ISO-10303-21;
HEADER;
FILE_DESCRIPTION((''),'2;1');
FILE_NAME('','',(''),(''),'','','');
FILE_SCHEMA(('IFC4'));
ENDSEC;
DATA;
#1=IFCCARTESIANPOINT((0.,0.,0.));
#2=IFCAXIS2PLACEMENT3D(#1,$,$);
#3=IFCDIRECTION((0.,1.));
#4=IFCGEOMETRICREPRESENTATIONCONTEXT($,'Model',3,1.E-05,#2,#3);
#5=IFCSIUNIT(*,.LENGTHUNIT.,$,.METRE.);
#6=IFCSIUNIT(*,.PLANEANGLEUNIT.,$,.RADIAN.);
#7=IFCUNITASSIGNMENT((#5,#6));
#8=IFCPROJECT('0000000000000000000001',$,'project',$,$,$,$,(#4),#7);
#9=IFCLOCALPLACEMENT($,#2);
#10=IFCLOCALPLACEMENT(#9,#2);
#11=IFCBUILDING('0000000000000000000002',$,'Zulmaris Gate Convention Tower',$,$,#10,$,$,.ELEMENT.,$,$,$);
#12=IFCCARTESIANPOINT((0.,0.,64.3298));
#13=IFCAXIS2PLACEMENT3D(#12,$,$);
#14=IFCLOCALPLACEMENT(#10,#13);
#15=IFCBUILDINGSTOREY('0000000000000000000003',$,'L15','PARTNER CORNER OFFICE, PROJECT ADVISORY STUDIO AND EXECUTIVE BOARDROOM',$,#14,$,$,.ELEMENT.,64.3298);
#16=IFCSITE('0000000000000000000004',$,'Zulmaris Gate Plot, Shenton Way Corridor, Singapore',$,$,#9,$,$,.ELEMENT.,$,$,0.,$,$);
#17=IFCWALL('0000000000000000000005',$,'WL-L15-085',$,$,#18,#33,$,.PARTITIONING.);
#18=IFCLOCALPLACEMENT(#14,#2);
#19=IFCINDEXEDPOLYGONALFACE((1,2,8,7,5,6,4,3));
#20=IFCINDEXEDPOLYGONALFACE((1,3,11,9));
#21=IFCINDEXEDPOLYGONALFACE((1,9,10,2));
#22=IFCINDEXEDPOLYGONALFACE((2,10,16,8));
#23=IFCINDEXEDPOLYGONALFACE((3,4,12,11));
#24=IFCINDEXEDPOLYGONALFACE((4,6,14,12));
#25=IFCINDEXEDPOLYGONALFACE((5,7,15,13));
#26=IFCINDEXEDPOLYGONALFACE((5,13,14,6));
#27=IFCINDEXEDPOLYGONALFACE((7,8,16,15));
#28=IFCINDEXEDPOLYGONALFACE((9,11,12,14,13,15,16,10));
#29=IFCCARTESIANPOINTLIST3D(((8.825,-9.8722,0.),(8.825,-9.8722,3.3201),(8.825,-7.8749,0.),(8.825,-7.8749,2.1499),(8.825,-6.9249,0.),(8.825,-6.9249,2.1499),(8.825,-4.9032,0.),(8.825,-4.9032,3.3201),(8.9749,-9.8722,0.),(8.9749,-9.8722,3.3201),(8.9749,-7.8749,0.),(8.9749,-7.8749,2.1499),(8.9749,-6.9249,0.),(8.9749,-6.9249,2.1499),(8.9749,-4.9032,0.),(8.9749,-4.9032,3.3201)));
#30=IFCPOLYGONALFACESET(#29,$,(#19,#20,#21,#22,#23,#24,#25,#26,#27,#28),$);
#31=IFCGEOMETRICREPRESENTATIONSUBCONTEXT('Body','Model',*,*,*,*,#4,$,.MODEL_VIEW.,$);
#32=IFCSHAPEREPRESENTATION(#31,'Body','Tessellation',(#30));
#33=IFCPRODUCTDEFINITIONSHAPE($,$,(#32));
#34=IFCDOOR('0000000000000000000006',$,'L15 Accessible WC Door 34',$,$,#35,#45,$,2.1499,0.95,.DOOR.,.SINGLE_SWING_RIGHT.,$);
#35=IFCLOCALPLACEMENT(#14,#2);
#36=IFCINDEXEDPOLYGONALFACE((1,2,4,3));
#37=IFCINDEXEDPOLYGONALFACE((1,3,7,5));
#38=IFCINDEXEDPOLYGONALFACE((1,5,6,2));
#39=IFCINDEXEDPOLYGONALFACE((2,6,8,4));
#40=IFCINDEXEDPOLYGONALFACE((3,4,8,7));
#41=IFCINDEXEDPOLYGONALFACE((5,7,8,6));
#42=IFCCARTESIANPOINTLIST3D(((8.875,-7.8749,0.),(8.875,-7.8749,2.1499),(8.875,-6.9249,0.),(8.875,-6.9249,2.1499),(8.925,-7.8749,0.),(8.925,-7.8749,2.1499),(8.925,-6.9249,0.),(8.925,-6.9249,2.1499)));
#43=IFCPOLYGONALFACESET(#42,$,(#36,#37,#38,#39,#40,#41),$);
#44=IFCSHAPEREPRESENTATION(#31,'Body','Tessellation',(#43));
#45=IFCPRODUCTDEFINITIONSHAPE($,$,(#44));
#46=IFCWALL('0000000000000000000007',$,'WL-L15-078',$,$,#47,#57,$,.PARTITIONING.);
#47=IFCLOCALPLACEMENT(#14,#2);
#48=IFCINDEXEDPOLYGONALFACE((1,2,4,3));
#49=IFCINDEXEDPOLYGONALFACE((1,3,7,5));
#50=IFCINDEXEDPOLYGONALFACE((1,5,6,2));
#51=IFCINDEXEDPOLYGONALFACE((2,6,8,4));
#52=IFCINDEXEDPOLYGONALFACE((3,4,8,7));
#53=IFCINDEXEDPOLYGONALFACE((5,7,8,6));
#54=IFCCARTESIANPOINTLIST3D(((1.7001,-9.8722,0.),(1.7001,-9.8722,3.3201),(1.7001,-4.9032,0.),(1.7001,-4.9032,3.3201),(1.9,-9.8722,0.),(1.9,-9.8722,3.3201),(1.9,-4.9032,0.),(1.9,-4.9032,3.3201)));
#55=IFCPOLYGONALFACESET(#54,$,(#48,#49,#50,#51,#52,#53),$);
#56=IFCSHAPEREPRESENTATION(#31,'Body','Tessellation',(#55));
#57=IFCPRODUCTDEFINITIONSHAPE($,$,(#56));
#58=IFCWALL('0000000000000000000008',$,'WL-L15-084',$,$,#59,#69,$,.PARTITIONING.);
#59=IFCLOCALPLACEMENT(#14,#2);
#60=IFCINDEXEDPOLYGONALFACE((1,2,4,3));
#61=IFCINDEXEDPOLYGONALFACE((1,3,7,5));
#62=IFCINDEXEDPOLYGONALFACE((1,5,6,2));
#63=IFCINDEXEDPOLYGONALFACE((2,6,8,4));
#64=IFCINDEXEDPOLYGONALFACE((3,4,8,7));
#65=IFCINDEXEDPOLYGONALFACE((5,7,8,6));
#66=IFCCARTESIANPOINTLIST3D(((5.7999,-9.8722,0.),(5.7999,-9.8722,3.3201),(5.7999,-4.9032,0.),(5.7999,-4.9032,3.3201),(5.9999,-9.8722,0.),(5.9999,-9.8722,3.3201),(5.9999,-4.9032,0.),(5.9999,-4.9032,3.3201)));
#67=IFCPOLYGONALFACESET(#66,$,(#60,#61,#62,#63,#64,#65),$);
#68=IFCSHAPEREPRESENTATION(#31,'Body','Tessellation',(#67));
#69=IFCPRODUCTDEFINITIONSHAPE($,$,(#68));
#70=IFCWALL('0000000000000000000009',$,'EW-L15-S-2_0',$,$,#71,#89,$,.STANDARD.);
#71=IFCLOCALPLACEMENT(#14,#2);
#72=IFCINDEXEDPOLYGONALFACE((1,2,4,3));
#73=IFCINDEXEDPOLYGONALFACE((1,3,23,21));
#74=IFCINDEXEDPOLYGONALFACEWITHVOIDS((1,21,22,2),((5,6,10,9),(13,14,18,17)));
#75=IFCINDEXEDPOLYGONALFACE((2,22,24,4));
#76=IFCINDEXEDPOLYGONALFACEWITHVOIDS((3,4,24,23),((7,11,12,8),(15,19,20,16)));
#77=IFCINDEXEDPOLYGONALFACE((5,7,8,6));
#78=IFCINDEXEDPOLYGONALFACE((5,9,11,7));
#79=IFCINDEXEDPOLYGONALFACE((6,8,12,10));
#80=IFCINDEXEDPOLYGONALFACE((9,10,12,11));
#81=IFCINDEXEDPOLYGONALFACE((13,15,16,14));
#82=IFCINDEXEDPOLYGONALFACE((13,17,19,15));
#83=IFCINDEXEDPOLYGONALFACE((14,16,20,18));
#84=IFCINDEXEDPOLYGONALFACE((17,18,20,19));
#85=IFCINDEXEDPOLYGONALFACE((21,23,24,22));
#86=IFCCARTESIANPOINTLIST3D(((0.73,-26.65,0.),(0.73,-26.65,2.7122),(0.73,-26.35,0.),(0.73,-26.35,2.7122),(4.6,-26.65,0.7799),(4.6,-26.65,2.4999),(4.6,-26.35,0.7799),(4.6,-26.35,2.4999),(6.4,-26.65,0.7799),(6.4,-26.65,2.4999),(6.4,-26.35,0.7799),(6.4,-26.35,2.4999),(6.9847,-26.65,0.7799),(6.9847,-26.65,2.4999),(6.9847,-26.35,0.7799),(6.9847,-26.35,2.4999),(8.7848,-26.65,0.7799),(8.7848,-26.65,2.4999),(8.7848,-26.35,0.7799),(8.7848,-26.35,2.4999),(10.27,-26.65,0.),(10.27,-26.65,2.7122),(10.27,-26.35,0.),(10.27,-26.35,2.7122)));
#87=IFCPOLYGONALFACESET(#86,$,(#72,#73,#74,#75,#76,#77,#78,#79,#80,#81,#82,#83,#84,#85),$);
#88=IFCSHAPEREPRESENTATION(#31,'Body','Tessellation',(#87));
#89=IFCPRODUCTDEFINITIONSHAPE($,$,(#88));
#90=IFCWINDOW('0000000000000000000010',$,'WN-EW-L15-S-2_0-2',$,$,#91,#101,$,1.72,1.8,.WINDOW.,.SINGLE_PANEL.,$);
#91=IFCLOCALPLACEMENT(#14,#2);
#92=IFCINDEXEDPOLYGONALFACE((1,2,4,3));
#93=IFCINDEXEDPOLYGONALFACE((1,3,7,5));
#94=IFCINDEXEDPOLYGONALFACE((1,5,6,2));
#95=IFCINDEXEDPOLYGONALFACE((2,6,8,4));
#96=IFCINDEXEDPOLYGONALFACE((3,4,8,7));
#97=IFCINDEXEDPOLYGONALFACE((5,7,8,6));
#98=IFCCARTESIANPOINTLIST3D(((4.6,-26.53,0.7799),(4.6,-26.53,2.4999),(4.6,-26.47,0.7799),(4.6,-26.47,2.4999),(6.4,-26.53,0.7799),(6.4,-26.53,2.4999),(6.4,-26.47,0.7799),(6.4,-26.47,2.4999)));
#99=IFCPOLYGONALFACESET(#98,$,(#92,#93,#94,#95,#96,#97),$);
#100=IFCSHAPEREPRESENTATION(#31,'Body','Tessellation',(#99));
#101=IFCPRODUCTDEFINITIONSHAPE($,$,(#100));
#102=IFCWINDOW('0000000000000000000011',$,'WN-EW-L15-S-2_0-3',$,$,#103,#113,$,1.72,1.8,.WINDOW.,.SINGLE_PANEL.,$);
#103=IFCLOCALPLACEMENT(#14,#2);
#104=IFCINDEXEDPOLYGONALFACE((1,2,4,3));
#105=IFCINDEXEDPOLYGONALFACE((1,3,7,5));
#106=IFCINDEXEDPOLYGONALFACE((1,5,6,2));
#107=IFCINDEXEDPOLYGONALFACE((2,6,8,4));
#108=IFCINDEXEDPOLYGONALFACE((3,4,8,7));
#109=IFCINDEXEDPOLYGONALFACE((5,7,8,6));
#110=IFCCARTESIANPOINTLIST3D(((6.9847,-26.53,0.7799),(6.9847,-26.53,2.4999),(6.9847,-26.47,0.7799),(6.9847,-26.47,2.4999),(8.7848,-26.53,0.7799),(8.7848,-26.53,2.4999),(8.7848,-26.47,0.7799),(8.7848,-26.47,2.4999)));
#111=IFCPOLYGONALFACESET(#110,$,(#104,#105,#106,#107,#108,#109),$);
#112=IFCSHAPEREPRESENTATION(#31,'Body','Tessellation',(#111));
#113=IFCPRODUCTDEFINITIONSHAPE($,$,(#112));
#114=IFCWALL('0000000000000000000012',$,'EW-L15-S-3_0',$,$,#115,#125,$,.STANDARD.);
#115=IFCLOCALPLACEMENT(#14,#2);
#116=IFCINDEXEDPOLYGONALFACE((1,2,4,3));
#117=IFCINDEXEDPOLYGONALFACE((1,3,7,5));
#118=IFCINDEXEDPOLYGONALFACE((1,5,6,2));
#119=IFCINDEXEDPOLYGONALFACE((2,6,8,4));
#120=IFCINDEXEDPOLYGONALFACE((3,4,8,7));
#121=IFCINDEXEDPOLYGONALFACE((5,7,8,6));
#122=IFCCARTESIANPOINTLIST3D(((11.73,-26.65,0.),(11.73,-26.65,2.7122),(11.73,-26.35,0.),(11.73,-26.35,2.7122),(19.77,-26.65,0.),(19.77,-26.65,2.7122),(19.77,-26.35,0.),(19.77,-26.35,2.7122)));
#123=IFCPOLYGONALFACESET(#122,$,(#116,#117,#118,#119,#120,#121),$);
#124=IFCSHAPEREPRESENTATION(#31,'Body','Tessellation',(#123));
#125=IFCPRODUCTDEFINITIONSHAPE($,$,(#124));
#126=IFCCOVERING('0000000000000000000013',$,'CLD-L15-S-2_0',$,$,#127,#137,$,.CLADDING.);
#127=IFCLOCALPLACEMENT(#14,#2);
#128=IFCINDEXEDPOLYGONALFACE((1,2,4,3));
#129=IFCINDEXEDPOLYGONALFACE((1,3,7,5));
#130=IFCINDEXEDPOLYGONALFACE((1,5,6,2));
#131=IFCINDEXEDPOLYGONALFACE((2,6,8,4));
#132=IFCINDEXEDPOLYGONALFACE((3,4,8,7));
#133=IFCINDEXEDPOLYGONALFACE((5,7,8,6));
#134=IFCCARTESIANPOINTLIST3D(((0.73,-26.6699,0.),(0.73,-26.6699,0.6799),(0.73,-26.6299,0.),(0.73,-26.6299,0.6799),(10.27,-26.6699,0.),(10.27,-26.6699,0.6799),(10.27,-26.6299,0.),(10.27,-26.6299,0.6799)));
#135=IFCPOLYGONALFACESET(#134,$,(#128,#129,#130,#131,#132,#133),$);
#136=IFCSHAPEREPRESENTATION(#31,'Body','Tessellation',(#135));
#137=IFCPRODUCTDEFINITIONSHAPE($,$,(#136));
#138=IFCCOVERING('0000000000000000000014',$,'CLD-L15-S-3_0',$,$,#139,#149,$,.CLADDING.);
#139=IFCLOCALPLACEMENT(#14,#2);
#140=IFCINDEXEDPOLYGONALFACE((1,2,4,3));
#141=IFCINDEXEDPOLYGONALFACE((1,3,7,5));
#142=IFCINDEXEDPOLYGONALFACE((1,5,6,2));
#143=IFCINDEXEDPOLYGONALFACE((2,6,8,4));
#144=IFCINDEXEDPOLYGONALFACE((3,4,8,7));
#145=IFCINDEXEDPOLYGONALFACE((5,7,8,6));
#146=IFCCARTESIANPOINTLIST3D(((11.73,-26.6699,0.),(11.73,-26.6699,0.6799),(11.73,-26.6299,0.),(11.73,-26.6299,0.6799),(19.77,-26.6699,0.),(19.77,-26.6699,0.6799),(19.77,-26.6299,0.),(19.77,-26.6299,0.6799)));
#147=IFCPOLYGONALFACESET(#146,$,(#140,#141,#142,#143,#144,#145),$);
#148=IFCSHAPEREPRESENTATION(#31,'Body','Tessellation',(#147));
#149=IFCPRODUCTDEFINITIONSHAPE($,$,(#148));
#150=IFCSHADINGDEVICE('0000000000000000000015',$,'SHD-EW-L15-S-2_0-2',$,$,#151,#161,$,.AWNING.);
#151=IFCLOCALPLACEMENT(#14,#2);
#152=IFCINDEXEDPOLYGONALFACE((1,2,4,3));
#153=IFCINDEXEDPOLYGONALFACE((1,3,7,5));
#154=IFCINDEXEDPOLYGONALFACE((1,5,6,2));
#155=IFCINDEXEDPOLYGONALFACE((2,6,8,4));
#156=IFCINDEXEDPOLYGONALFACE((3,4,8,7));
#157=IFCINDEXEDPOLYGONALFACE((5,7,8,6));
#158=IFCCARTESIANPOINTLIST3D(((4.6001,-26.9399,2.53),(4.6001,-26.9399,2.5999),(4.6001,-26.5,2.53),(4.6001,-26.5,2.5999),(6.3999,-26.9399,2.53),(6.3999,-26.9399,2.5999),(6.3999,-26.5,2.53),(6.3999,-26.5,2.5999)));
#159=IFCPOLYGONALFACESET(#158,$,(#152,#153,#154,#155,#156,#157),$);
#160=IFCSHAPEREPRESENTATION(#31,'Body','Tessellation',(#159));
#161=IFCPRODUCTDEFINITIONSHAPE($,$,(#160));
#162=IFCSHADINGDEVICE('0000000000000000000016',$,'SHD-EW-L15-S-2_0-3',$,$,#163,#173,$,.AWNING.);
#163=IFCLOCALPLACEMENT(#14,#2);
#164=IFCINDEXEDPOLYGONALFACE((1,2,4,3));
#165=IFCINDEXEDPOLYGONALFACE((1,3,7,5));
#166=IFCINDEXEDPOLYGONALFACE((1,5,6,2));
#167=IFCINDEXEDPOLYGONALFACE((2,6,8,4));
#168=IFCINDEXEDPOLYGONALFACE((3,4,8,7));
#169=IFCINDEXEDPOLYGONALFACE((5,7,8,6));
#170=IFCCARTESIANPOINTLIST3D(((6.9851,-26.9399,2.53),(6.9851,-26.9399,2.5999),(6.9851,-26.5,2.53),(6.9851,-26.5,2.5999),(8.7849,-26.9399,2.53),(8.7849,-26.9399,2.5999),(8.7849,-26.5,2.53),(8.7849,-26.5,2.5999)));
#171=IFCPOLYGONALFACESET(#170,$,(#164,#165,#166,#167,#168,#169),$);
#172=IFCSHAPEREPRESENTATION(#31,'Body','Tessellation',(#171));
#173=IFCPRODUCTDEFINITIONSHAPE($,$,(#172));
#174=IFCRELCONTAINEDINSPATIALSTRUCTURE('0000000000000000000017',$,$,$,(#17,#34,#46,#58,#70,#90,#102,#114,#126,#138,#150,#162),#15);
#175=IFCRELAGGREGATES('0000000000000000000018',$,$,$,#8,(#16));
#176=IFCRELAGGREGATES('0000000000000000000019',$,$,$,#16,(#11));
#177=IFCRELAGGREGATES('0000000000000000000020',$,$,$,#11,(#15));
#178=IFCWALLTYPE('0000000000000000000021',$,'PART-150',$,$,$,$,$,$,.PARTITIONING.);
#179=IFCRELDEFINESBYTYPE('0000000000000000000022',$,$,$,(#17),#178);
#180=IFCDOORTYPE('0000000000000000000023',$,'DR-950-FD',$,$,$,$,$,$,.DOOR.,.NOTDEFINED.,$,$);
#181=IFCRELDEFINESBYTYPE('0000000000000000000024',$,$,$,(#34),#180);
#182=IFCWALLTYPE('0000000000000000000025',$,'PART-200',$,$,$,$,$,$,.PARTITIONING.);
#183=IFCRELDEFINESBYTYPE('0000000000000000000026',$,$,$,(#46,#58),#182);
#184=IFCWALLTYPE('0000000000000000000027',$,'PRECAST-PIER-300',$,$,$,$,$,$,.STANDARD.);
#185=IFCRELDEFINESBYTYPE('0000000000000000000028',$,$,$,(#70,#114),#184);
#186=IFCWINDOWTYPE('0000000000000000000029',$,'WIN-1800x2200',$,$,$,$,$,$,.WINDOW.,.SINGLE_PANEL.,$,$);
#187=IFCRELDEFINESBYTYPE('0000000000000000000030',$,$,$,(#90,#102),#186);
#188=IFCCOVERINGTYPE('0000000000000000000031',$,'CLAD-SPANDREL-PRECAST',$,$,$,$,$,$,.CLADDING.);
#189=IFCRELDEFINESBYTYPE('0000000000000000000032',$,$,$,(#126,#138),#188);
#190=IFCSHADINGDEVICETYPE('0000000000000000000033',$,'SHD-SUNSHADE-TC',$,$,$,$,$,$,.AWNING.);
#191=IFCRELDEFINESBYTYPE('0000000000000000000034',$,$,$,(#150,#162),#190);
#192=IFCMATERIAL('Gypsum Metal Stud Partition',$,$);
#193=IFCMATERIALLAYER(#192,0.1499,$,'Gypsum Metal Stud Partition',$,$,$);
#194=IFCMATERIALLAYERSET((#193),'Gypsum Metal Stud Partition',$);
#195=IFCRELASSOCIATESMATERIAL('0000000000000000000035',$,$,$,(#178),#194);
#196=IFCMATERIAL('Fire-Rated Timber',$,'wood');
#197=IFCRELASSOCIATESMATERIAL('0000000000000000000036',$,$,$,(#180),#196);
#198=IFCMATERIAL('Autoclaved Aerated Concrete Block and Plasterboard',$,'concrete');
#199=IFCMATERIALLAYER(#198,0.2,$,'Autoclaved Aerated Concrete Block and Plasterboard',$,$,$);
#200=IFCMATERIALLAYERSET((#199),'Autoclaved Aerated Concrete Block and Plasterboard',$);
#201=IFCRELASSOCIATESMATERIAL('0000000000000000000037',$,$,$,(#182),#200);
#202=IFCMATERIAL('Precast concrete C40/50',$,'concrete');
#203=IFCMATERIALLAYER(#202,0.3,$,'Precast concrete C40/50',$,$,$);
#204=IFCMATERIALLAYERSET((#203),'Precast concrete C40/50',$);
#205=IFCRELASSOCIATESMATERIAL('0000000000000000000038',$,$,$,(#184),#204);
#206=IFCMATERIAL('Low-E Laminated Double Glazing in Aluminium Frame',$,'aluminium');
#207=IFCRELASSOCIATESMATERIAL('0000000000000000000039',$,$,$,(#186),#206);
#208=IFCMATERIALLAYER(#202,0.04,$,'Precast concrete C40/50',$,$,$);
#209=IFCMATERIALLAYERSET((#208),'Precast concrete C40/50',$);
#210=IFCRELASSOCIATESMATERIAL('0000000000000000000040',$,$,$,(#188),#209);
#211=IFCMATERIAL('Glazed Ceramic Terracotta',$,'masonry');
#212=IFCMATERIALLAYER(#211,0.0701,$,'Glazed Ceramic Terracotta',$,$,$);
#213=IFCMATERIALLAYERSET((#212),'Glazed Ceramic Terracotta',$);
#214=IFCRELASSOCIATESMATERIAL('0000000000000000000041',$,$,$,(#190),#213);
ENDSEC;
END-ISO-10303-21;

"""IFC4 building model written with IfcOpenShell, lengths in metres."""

from ifc_helpers import new_model, si_unit, direction, frame, frame_2d, origin, place, context, subcontext, project, spatial, rectangle, extrude, material, layer, layer_set, type_object, element, fill, save


model = new_model("IFC4")

# Units and contexts
model_context = context("Model", 3, precision=1e-05, world=origin(), true_north=direction((0.0, 1.0)))
body_context = subcontext(model_context, "Body", "Model", "MODEL_VIEW")
ifc_project = project(units=[si_unit("LENGTHUNIT", "METRE"), si_unit("PLANEANGLEUNIT", "RADIAN")], contexts=[model_context])

# Site, building, storey
site_placement = place(None, origin())
site = spatial("IfcSite", under=ifc_project, at=site_placement, Name="Zulmaris Gate Plot, Shenton Way Corridor, Singapore", CompositionType="ELEMENT", RefElevation=0.0)
building_placement = place(site_placement, origin())
building = spatial("IfcBuilding", under=site, at=building_placement, Name="Zulmaris Gate Convention Tower", CompositionType="ELEMENT")
storey_placement = place(building_placement, frame((0.0, 0.0, 64.3298)))
storey = spatial("IfcBuildingStorey", under=building, at=storey_placement, Name="L15", Description="PARTNER CORNER OFFICE, PROJECT ADVISORY STUDIO AND EXECUTIVE BOARDROOM", CompositionType="ELEMENT", Elevation=64.3298)

# Shared definitions
ifc_material_1 = material(Name="Fire-Rated Timber", Category="wood")

# Shared definitions
ifc_material_2 = material(Name="Gypsum Metal Stud Partition")
ifc_layer_1 = layer(ifc_material_2, 0.1499, Name="Gypsum Metal Stud Partition")
ifc_layer_set_1 = layer_set([ifc_layer_1], Name="Gypsum Metal Stud Partition")
wall_type_1 = type_object("IfcWallType", Name="PART-150", PredefinedType="PARTITIONING", material=ifc_layer_set_1)

# Wall, opening, door
wall_1_placement = place(storey_placement, frame((8.8999, -9.8721, 0.0), z_axis=(0.0, 0.0, 1.0), x_axis=(0.0, 1.0, 0.0)))
wall_1 = element("IfcWall", 1, at=wall_1_placement, inside=storey, type_object=wall_type_1, Name="WL-L15-085", PredefinedType="PARTITIONING", context=body_context, shape_type="SweptSolid", body=[
    extrude(rectangle(XDim=4.969, YDim=0.1499, at=frame_2d((2.4844, 0.0))), origin(), (0.0, 0.0, 1.0), 3.3201),
])
opening_1_placement = place(wall_1_placement, frame((1.9971, 0.0, 0.0)))
opening_1 = element("IfcOpeningElement", 2, at=opening_1_placement, cuts=wall_1, PredefinedType="OPENING", context=body_context, shape_type="SweptSolid", body=[
    extrude(rectangle(XDim=0.95, YDim=2.1499, at=frame_2d((0.4751, 1.075))), frame((0.0, 0.085, 0.0), z_axis=(0.0, -1.0, 0.0), x_axis=(1.0, 0.0, 0.0)), (0.0, 0.0, 1.0), 0.1699),
])
door_type_1 = type_object("IfcDoorType", Name="DR-950-FD", OperationType="NOTDEFINED", PredefinedType="DOOR", material=ifc_material_1)
door_1_placement = place(opening_1_placement, origin())
door_1 = element("IfcDoor", 3, at=door_1_placement, inside=storey, type_object=door_type_1, Name="L15 Accessible WC Door 34", OperationType="SINGLE_SWING_RIGHT", OverallHeight=2.1499, OverallWidth=0.95, PredefinedType="DOOR", context=body_context, shape_type="SweptSolid", body=[
    extrude(rectangle(XDim=0.95, YDim=2.1499, at=frame_2d((0.4751, 1.075))), frame((0.0, 0.0249, 0.0), z_axis=(0.0, -1.0, 0.0), x_axis=(1.0, 0.0, 0.0)), (0.0, 0.0, 1.0), 0.05),
])
fill(opening_1, door_1)

# Walls
ifc_material_3 = material(Name="Autoclaved Aerated Concrete Block and Plasterboard", Category="concrete")
ifc_layer_2 = layer(ifc_material_3, 0.2, Name="Autoclaved Aerated Concrete Block and Plasterboard")
ifc_layer_set_2 = layer_set([ifc_layer_2], Name="Autoclaved Aerated Concrete Block and Plasterboard")
wall_type_2 = type_object("IfcWallType", Name="PART-200", PredefinedType="PARTITIONING", material=ifc_layer_set_2)
for number, where, z_axis, x_axis, name in (
    (4, (1.8, -9.8721, 0.0), (0.0, 0.0, 1.0), (0.0, 1.0, 0.0), "WL-L15-078"),
    (5, (5.8999, -9.8721, 0.0), (0.0, 0.0, 1.0), (0.0, 1.0, 0.0), "WL-L15-084"),
):
    element("IfcWall", number, at=place(storey_placement, frame(where, z_axis=z_axis, x_axis=x_axis)), inside=storey, type_object=wall_type_2, Name=name, PredefinedType="PARTITIONING", context=body_context, shape_type="SweptSolid", body=[
        extrude(rectangle(XDim=4.969, YDim=0.2, at=frame_2d((2.4844, 0.0))), origin(), (0.0, 0.0, 1.0), 3.3201),
    ])

# Wall, openings, windows
ifc_material_4 = material(Name="Precast concrete C40/50", Category="concrete")
ifc_layer_3 = layer(ifc_material_4, 0.3, Name="Precast concrete C40/50")
ifc_layer_set_3 = layer_set([ifc_layer_3], Name="Precast concrete C40/50")
wall_type_3 = type_object("IfcWallType", Name="PRECAST-PIER-300", PredefinedType="STANDARD", material=ifc_layer_set_3)
wall_2_placement = place(storey_placement, frame((0.73, -26.5, 0.0), z_axis=(0.0, 0.0, 1.0), x_axis=(1.0, 0.0, 0.0)))
wall_2 = element("IfcWall", 6, at=wall_2_placement, inside=storey, type_object=wall_type_3, Name="EW-L15-S-2_0", PredefinedType="STANDARD", context=body_context, shape_type="SweptSolid", body=[
    extrude(rectangle(XDim=9.54, YDim=0.3, at=frame_2d((4.77, 0.0))), origin(), (0.0, 0.0, 1.0), 2.7122),
])
opening_2_placement = place(wall_2_placement, frame((3.8701, 0.0, 0.78)))
opening_2 = element("IfcOpeningElement", 7, at=opening_2_placement, cuts=wall_2, PredefinedType="OPENING", context=body_context, shape_type="SweptSolid", body=[
    extrude(rectangle(XDim=1.8, YDim=1.72, at=frame_2d((0.8999, 0.8599))), frame((0.0, 0.1602, 0.0), z_axis=(0.0, -1.0, 0.0), x_axis=(1.0, 0.0, 0.0)), (0.0, 0.0, 1.0), 0.3201),
])
opening_3_placement = place(wall_2_placement, frame((6.2549, 0.0, 0.78)))
opening_3 = element("IfcOpeningElement", 8, at=opening_3_placement, cuts=wall_2, PredefinedType="OPENING", context=body_context, shape_type="SweptSolid", body=[
    extrude(rectangle(XDim=1.8, YDim=1.72, at=frame_2d((0.8999, 0.8599))), frame((0.0, 0.1602, 0.0), z_axis=(0.0, -1.0, 0.0), x_axis=(1.0, 0.0, 0.0)), (0.0, 0.0, 1.0), 0.3201),
])
ifc_material_5 = material(Name="Low-E Laminated Double Glazing in Aluminium Frame", Category="aluminium")
window_type = type_object("IfcWindowType", Name="WIN-1800x2200", PartitioningType="SINGLE_PANEL", PredefinedType="WINDOW", material=ifc_material_5)
window_1_placement = place(opening_2_placement, origin())
window_1 = element("IfcWindow", 9, at=window_1_placement, inside=storey, type_object=window_type, Name="WN-EW-L15-S-2_0-2", OverallHeight=1.72, OverallWidth=1.8, PartitioningType="SINGLE_PANEL", PredefinedType="WINDOW", context=body_context, shape_type="SweptSolid", body=[
    extrude(rectangle(XDim=1.8, YDim=1.72, at=frame_2d((0.8999, 0.8599))), frame((0.0, 0.03, 0.0), z_axis=(0.0, -1.0, 0.0), x_axis=(1.0, 0.0, 0.0)), (0.0, 0.0, 1.0), 0.0601),
])
fill(opening_2, window_1)
window_2_placement = place(opening_3_placement, origin())
window_2 = element("IfcWindow", 10, at=window_2_placement, inside=storey, type_object=window_type, Name="WN-EW-L15-S-2_0-3", OverallHeight=1.72, OverallWidth=1.8, PartitioningType="SINGLE_PANEL", PredefinedType="WINDOW", context=body_context, shape_type="SweptSolid", body=[
    extrude(rectangle(XDim=1.8, YDim=1.72, at=frame_2d((0.8999, 0.8599))), frame((0.0, 0.03, 0.0), z_axis=(0.0, -1.0, 0.0), x_axis=(1.0, 0.0, 0.0)), (0.0, 0.0, 1.0), 0.0601),
])
fill(opening_3, window_2)

# Wall
wall_3_placement = place(storey_placement, frame((11.73, -26.5, 0.0), z_axis=(0.0, 0.0, 1.0), x_axis=(1.0, 0.0, 0.0)))
element("IfcWall", 11, at=wall_3_placement, inside=storey, type_object=wall_type_3, Name="EW-L15-S-3_0", PredefinedType="STANDARD", context=body_context, shape_type="SweptSolid", body=[
    extrude(rectangle(XDim=8.04, YDim=0.3, at=frame_2d((4.02, 0.0))), origin(), (0.0, 0.0, 1.0), 2.7122),
])

# Coverings
ifc_layer_4 = layer(ifc_material_4, 0.04, Name="Precast concrete C40/50")
ifc_layer_set_4 = layer_set([ifc_layer_4], Name="Precast concrete C40/50")
covering_type = type_object("IfcCoveringType", Name="CLAD-SPANDREL-PRECAST", PredefinedType="CLADDING", material=ifc_layer_set_4)
covering_1_placement = place(storey_placement, frame((0.73, -26.6499, 0.0), z_axis=(0.0, 0.0, 1.0), x_axis=(1.0, 0.0, 0.0)))
element("IfcCovering", 12, at=covering_1_placement, inside=storey, type_object=covering_type, Name="CLD-L15-S-2_0", PredefinedType="CLADDING", context=body_context, shape_type="SweptSolid", body=[
    extrude(rectangle(XDim=9.54, YDim=0.04, at=frame_2d((4.77, 0.0))), origin(), (0.0, 0.0, 1.0), 0.6799),
])
covering_2_placement = place(storey_placement, frame((11.73, -26.6499, 0.0), z_axis=(0.0, 0.0, 1.0), x_axis=(1.0, 0.0, 0.0)))
element("IfcCovering", 13, at=covering_2_placement, inside=storey, type_object=covering_type, Name="CLD-L15-S-3_0", PredefinedType="CLADDING", context=body_context, shape_type="SweptSolid", body=[
    extrude(rectangle(XDim=8.04, YDim=0.04, at=frame_2d((4.02, 0.0))), origin(), (0.0, 0.0, 1.0), 0.6799),
])

# Shading devices
ifc_material_6 = material(Name="Glazed Ceramic Terracotta", Category="masonry")
ifc_layer_5 = layer(ifc_material_6, 0.0701, Name="Glazed Ceramic Terracotta")
ifc_layer_set_5 = layer_set([ifc_layer_5], Name="Glazed Ceramic Terracotta")
shading_device_type = type_object("IfcShadingDeviceType", Name="SHD-SUNSHADE-TC", PredefinedType="AWNING", material=ifc_layer_set_5)
for number, where, z_axis, x_axis, name in (
    (14, (4.6001, -26.72, 2.53), (0.0, 0.0, 1.0), (1.0, 0.0, 0.0), "SHD-EW-L15-S-2_0-2"),
    (15, (6.9851, -26.72, 2.53), (0.0, 0.0, 1.0), (1.0, 0.0, 0.0), "SHD-EW-L15-S-2_0-3"),
):
    element("IfcShadingDevice", number, at=place(storey_placement, frame(where, z_axis=z_axis, x_axis=x_axis)), inside=storey, type_object=shading_device_type, Name=name, PredefinedType="AWNING", context=body_context, shape_type="SweptSolid", body=[
        extrude(rectangle(XDim=1.7998, YDim=0.4399, at=frame_2d((0.8999, 0.0))), origin(), (0.0, 0.0, 1.0), 0.0698),
    ])

save(model, "model.ifc")
